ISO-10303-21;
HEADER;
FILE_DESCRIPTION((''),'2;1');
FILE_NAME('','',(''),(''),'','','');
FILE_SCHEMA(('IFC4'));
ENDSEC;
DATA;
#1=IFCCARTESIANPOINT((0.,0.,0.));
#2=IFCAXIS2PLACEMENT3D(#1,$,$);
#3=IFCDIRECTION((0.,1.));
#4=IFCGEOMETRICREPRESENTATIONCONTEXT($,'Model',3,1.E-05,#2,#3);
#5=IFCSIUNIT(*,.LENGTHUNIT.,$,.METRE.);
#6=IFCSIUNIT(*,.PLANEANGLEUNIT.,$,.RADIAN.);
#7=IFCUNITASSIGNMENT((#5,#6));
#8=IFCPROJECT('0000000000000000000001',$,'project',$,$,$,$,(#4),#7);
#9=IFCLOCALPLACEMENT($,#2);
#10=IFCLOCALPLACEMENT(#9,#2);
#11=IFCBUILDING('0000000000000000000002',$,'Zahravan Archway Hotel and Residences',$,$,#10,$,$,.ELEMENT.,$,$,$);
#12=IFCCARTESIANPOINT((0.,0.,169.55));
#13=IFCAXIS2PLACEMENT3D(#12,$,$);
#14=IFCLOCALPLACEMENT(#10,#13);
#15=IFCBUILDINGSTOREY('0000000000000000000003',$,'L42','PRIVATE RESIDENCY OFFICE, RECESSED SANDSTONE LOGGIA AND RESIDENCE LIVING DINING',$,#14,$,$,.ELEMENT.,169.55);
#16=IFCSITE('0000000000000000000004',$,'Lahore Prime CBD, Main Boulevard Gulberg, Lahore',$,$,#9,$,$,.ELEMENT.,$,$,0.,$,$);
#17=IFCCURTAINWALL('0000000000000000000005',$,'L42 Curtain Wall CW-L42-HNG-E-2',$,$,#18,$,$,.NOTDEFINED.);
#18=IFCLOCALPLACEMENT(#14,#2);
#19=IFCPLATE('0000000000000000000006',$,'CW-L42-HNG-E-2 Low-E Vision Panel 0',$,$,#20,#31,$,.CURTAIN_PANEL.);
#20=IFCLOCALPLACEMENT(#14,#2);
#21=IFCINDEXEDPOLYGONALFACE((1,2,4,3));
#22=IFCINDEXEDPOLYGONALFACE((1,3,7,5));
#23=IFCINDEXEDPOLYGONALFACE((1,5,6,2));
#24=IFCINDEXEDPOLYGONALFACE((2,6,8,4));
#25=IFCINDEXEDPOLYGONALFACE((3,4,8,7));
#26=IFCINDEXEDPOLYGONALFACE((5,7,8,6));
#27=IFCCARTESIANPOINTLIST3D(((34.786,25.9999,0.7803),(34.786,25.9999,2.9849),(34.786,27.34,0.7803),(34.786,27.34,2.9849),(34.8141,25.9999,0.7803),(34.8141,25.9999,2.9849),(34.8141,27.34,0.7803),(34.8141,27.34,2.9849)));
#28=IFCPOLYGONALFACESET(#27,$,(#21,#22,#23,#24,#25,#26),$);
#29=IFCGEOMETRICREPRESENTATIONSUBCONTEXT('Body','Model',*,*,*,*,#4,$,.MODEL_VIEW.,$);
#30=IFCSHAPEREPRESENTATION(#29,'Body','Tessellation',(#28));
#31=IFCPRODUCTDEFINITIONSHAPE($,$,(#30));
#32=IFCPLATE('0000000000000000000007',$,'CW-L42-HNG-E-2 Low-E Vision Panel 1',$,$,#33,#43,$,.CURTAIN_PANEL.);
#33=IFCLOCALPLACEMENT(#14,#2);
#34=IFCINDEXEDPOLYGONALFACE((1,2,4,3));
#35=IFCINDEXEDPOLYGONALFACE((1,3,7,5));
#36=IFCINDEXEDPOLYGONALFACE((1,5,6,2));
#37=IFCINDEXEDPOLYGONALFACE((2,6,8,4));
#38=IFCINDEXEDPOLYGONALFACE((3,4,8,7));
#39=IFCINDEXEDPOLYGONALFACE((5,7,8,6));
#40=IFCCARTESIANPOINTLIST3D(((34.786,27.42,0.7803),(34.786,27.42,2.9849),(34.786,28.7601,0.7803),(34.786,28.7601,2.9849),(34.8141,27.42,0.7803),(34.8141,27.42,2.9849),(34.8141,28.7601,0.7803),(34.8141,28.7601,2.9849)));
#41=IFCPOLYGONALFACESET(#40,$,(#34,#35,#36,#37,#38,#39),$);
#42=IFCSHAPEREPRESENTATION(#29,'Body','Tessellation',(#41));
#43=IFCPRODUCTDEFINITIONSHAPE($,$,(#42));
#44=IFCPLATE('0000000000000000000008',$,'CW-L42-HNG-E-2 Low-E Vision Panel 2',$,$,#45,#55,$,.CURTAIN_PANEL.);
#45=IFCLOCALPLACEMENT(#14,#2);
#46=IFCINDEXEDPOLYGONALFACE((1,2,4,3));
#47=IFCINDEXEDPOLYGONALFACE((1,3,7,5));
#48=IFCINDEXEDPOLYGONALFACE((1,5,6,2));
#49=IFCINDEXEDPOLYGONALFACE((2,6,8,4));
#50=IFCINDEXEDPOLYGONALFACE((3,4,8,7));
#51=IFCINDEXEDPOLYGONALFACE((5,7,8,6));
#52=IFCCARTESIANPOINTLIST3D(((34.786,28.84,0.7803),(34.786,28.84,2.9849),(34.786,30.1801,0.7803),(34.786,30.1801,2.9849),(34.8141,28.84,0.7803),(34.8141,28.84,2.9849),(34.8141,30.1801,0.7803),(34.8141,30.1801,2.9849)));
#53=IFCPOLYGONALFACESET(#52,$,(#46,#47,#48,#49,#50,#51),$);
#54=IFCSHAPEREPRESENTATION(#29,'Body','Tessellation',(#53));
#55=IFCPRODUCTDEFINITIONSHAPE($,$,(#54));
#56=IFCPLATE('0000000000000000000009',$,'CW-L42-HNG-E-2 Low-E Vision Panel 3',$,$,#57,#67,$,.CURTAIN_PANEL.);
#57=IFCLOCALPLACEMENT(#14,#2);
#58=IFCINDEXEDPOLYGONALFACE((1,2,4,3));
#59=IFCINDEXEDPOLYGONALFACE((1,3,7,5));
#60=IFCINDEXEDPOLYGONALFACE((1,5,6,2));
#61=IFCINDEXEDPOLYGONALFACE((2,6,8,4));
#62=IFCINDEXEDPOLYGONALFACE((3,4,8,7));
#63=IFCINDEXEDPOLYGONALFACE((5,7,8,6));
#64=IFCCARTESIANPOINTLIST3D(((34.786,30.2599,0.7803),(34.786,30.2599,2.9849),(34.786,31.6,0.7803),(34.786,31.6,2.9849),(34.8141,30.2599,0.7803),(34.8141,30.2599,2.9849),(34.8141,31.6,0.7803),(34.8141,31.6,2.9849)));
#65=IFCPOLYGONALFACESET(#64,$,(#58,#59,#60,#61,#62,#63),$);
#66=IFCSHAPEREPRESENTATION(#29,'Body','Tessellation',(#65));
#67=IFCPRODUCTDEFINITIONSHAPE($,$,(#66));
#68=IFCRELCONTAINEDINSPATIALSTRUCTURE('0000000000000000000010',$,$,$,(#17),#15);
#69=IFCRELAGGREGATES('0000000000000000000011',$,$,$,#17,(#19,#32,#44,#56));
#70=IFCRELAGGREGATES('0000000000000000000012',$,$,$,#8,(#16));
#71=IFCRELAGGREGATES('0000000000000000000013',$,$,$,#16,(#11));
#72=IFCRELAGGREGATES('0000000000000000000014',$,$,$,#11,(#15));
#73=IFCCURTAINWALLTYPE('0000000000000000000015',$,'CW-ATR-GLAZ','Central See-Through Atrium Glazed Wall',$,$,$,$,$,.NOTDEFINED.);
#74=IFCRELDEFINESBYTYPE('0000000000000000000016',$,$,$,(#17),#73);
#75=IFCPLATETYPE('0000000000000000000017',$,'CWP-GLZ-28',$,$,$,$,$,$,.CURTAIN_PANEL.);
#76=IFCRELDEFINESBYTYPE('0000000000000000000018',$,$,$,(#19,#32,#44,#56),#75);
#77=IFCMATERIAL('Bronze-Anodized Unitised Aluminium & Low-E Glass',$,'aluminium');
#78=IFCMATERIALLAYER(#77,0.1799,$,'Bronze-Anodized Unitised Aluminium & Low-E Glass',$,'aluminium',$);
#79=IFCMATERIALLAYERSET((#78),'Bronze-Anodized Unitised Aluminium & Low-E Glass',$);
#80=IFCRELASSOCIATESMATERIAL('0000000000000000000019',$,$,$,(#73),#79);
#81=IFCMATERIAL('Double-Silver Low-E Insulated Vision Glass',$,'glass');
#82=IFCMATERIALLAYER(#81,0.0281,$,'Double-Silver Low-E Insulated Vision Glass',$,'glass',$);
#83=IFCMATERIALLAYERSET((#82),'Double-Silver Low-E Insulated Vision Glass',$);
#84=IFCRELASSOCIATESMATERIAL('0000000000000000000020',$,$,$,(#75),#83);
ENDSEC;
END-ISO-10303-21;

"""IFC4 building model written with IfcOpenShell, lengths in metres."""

from ifc_helpers import new_model, si_unit, direction, frame, origin, origin_2d, place, context, subcontext, project, spatial, rectangle, extrude, source, transform, mapped, material, layer, layer_set, type_object, element, aggregate, save


model = new_model("IFC4")

# Units and contexts
model_context = context("Model", 3, precision=1e-05, world=origin(), true_north=direction((0.0, 1.0)))
body_context = subcontext(model_context, "Body", "Model", "MODEL_VIEW")
ifc_project = project(units=[si_unit("LENGTHUNIT", "METRE"), si_unit("PLANEANGLEUNIT", "RADIAN")], contexts=[model_context])

# Site, building, storey
site_placement = place(None, origin())
site = spatial("IfcSite", under=ifc_project, at=site_placement, Name="Lahore Prime CBD, Main Boulevard Gulberg, Lahore", CompositionType="ELEMENT", RefElevation=0.0)
building_placement = place(site_placement, origin())
building = spatial("IfcBuilding", under=site, at=building_placement, Name="Zahravan Archway Hotel and Residences", CompositionType="ELEMENT")
storey_placement = place(building_placement, frame((0.0, 0.0, 169.55)))
storey = spatial("IfcBuildingStorey", under=building, at=storey_placement, Name="L42", Description="PRIVATE RESIDENCY OFFICE, RECESSED SANDSTONE LOGGIA AND RESIDENCE LIVING DINING", CompositionType="ELEMENT", Elevation=169.55)

# Curtain wall
ifc_material_1 = material(Name="Bronze-Anodized Unitised Aluminium & Low-E Glass", Category="aluminium")
ifc_layer_1 = layer(ifc_material_1, 0.1799, Name="Bronze-Anodized Unitised Aluminium & Low-E Glass", Category="aluminium")
ifc_layer_set_1 = layer_set([ifc_layer_1], Name="Bronze-Anodized Unitised Aluminium & Low-E Glass")
curtain_wall_type = type_object("IfcCurtainWallType", Name="CW-ATR-GLAZ", Description="Central See-Through Atrium Glazed Wall", PredefinedType="NOTDEFINED", material=ifc_layer_set_1)
curtain_wall_1_placement = place(storey_placement, origin())
curtain_wall_1 = element("IfcCurtainWall", 1, at=curtain_wall_1_placement, inside=storey, type_object=curtain_wall_type, Name="L42 Curtain Wall CW-L42-HNG-E-2", PredefinedType="NOTDEFINED")

# Plates
ifc_material_2 = material(Name="Double-Silver Low-E Insulated Vision Glass", Category="glass")
ifc_layer_2 = layer(ifc_material_2, 0.0281, Name="Double-Silver Low-E Insulated Vision Glass", Category="glass")
ifc_layer_set_2 = layer_set([ifc_layer_2], Name="Double-Silver Low-E Insulated Vision Glass")
plate_type_1 = type_object("IfcPlateType", Name="CWP-GLZ-28", PredefinedType="CURTAIN_PANEL", material=ifc_layer_set_2)
shared_shape_1 = source(origin(), body_context, "Body", "SweptSolid", [
    extrude(rectangle(XDim=1.3401, YDim=0.0281, at=origin_2d()), origin(), (0.0, 0.0, 1.0), 2.2046),
])
plate_1_placement = place(storey_placement, frame((34.8, 26.6699, 0.7803), z_axis=(0.0, 0.0, 1.0), x_axis=(0.0, 1.0, 0.0)))
plate_1 = element("IfcPlate", 2, at=plate_1_placement, type_object=plate_type_1, Name="CW-L42-HNG-E-2 Low-E Vision Panel 0", PredefinedType="CURTAIN_PANEL", context=body_context, shape_type="MappedRepresentation", body=[
    mapped(shared_shape_1, transform((0.0, 0.0, 0.0), scale=1.0)),
])
plate_2_placement = place(storey_placement, frame((34.8, 28.0901, 0.7803), z_axis=(0.0, 0.0, 1.0), x_axis=(0.0, 1.0, 0.0)))
plate_2 = element("IfcPlate", 3, at=plate_2_placement, type_object=plate_type_1, Name="CW-L42-HNG-E-2 Low-E Vision Panel 1", PredefinedType="CURTAIN_PANEL", context=body_context, shape_type="MappedRepresentation", body=[
    mapped(shared_shape_1, transform((0.0, 0.0, 0.0), scale=1.0)),
])
plate_3_placement = place(storey_placement, frame((34.8, 29.51, 0.7803), z_axis=(0.0, 0.0, 1.0), x_axis=(0.0, 1.0, 0.0)))
plate_3 = element("IfcPlate", 4, at=plate_3_placement, type_object=plate_type_1, Name="CW-L42-HNG-E-2 Low-E Vision Panel 2", PredefinedType="CURTAIN_PANEL", context=body_context, shape_type="MappedRepresentation", body=[
    mapped(shared_shape_1, transform((0.0, 0.0, 0.0), scale=1.0)),
])
plate_4_placement = place(storey_placement, frame((34.8, 30.9299, 0.7803), z_axis=(0.0, 0.0, 1.0), x_axis=(0.0, 1.0, 0.0)))
plate_4 = element("IfcPlate", 5, at=plate_4_placement, type_object=plate_type_1, Name="CW-L42-HNG-E-2 Low-E Vision Panel 3", PredefinedType="CURTAIN_PANEL", context=body_context, shape_type="MappedRepresentation", body=[
    mapped(shared_shape_1, transform((0.0, 0.0, 0.0), scale=1.0)),
])
aggregate(curtain_wall_1, [plate_1, plate_2, plate_3, plate_4])

save(model, "model.ifc")
